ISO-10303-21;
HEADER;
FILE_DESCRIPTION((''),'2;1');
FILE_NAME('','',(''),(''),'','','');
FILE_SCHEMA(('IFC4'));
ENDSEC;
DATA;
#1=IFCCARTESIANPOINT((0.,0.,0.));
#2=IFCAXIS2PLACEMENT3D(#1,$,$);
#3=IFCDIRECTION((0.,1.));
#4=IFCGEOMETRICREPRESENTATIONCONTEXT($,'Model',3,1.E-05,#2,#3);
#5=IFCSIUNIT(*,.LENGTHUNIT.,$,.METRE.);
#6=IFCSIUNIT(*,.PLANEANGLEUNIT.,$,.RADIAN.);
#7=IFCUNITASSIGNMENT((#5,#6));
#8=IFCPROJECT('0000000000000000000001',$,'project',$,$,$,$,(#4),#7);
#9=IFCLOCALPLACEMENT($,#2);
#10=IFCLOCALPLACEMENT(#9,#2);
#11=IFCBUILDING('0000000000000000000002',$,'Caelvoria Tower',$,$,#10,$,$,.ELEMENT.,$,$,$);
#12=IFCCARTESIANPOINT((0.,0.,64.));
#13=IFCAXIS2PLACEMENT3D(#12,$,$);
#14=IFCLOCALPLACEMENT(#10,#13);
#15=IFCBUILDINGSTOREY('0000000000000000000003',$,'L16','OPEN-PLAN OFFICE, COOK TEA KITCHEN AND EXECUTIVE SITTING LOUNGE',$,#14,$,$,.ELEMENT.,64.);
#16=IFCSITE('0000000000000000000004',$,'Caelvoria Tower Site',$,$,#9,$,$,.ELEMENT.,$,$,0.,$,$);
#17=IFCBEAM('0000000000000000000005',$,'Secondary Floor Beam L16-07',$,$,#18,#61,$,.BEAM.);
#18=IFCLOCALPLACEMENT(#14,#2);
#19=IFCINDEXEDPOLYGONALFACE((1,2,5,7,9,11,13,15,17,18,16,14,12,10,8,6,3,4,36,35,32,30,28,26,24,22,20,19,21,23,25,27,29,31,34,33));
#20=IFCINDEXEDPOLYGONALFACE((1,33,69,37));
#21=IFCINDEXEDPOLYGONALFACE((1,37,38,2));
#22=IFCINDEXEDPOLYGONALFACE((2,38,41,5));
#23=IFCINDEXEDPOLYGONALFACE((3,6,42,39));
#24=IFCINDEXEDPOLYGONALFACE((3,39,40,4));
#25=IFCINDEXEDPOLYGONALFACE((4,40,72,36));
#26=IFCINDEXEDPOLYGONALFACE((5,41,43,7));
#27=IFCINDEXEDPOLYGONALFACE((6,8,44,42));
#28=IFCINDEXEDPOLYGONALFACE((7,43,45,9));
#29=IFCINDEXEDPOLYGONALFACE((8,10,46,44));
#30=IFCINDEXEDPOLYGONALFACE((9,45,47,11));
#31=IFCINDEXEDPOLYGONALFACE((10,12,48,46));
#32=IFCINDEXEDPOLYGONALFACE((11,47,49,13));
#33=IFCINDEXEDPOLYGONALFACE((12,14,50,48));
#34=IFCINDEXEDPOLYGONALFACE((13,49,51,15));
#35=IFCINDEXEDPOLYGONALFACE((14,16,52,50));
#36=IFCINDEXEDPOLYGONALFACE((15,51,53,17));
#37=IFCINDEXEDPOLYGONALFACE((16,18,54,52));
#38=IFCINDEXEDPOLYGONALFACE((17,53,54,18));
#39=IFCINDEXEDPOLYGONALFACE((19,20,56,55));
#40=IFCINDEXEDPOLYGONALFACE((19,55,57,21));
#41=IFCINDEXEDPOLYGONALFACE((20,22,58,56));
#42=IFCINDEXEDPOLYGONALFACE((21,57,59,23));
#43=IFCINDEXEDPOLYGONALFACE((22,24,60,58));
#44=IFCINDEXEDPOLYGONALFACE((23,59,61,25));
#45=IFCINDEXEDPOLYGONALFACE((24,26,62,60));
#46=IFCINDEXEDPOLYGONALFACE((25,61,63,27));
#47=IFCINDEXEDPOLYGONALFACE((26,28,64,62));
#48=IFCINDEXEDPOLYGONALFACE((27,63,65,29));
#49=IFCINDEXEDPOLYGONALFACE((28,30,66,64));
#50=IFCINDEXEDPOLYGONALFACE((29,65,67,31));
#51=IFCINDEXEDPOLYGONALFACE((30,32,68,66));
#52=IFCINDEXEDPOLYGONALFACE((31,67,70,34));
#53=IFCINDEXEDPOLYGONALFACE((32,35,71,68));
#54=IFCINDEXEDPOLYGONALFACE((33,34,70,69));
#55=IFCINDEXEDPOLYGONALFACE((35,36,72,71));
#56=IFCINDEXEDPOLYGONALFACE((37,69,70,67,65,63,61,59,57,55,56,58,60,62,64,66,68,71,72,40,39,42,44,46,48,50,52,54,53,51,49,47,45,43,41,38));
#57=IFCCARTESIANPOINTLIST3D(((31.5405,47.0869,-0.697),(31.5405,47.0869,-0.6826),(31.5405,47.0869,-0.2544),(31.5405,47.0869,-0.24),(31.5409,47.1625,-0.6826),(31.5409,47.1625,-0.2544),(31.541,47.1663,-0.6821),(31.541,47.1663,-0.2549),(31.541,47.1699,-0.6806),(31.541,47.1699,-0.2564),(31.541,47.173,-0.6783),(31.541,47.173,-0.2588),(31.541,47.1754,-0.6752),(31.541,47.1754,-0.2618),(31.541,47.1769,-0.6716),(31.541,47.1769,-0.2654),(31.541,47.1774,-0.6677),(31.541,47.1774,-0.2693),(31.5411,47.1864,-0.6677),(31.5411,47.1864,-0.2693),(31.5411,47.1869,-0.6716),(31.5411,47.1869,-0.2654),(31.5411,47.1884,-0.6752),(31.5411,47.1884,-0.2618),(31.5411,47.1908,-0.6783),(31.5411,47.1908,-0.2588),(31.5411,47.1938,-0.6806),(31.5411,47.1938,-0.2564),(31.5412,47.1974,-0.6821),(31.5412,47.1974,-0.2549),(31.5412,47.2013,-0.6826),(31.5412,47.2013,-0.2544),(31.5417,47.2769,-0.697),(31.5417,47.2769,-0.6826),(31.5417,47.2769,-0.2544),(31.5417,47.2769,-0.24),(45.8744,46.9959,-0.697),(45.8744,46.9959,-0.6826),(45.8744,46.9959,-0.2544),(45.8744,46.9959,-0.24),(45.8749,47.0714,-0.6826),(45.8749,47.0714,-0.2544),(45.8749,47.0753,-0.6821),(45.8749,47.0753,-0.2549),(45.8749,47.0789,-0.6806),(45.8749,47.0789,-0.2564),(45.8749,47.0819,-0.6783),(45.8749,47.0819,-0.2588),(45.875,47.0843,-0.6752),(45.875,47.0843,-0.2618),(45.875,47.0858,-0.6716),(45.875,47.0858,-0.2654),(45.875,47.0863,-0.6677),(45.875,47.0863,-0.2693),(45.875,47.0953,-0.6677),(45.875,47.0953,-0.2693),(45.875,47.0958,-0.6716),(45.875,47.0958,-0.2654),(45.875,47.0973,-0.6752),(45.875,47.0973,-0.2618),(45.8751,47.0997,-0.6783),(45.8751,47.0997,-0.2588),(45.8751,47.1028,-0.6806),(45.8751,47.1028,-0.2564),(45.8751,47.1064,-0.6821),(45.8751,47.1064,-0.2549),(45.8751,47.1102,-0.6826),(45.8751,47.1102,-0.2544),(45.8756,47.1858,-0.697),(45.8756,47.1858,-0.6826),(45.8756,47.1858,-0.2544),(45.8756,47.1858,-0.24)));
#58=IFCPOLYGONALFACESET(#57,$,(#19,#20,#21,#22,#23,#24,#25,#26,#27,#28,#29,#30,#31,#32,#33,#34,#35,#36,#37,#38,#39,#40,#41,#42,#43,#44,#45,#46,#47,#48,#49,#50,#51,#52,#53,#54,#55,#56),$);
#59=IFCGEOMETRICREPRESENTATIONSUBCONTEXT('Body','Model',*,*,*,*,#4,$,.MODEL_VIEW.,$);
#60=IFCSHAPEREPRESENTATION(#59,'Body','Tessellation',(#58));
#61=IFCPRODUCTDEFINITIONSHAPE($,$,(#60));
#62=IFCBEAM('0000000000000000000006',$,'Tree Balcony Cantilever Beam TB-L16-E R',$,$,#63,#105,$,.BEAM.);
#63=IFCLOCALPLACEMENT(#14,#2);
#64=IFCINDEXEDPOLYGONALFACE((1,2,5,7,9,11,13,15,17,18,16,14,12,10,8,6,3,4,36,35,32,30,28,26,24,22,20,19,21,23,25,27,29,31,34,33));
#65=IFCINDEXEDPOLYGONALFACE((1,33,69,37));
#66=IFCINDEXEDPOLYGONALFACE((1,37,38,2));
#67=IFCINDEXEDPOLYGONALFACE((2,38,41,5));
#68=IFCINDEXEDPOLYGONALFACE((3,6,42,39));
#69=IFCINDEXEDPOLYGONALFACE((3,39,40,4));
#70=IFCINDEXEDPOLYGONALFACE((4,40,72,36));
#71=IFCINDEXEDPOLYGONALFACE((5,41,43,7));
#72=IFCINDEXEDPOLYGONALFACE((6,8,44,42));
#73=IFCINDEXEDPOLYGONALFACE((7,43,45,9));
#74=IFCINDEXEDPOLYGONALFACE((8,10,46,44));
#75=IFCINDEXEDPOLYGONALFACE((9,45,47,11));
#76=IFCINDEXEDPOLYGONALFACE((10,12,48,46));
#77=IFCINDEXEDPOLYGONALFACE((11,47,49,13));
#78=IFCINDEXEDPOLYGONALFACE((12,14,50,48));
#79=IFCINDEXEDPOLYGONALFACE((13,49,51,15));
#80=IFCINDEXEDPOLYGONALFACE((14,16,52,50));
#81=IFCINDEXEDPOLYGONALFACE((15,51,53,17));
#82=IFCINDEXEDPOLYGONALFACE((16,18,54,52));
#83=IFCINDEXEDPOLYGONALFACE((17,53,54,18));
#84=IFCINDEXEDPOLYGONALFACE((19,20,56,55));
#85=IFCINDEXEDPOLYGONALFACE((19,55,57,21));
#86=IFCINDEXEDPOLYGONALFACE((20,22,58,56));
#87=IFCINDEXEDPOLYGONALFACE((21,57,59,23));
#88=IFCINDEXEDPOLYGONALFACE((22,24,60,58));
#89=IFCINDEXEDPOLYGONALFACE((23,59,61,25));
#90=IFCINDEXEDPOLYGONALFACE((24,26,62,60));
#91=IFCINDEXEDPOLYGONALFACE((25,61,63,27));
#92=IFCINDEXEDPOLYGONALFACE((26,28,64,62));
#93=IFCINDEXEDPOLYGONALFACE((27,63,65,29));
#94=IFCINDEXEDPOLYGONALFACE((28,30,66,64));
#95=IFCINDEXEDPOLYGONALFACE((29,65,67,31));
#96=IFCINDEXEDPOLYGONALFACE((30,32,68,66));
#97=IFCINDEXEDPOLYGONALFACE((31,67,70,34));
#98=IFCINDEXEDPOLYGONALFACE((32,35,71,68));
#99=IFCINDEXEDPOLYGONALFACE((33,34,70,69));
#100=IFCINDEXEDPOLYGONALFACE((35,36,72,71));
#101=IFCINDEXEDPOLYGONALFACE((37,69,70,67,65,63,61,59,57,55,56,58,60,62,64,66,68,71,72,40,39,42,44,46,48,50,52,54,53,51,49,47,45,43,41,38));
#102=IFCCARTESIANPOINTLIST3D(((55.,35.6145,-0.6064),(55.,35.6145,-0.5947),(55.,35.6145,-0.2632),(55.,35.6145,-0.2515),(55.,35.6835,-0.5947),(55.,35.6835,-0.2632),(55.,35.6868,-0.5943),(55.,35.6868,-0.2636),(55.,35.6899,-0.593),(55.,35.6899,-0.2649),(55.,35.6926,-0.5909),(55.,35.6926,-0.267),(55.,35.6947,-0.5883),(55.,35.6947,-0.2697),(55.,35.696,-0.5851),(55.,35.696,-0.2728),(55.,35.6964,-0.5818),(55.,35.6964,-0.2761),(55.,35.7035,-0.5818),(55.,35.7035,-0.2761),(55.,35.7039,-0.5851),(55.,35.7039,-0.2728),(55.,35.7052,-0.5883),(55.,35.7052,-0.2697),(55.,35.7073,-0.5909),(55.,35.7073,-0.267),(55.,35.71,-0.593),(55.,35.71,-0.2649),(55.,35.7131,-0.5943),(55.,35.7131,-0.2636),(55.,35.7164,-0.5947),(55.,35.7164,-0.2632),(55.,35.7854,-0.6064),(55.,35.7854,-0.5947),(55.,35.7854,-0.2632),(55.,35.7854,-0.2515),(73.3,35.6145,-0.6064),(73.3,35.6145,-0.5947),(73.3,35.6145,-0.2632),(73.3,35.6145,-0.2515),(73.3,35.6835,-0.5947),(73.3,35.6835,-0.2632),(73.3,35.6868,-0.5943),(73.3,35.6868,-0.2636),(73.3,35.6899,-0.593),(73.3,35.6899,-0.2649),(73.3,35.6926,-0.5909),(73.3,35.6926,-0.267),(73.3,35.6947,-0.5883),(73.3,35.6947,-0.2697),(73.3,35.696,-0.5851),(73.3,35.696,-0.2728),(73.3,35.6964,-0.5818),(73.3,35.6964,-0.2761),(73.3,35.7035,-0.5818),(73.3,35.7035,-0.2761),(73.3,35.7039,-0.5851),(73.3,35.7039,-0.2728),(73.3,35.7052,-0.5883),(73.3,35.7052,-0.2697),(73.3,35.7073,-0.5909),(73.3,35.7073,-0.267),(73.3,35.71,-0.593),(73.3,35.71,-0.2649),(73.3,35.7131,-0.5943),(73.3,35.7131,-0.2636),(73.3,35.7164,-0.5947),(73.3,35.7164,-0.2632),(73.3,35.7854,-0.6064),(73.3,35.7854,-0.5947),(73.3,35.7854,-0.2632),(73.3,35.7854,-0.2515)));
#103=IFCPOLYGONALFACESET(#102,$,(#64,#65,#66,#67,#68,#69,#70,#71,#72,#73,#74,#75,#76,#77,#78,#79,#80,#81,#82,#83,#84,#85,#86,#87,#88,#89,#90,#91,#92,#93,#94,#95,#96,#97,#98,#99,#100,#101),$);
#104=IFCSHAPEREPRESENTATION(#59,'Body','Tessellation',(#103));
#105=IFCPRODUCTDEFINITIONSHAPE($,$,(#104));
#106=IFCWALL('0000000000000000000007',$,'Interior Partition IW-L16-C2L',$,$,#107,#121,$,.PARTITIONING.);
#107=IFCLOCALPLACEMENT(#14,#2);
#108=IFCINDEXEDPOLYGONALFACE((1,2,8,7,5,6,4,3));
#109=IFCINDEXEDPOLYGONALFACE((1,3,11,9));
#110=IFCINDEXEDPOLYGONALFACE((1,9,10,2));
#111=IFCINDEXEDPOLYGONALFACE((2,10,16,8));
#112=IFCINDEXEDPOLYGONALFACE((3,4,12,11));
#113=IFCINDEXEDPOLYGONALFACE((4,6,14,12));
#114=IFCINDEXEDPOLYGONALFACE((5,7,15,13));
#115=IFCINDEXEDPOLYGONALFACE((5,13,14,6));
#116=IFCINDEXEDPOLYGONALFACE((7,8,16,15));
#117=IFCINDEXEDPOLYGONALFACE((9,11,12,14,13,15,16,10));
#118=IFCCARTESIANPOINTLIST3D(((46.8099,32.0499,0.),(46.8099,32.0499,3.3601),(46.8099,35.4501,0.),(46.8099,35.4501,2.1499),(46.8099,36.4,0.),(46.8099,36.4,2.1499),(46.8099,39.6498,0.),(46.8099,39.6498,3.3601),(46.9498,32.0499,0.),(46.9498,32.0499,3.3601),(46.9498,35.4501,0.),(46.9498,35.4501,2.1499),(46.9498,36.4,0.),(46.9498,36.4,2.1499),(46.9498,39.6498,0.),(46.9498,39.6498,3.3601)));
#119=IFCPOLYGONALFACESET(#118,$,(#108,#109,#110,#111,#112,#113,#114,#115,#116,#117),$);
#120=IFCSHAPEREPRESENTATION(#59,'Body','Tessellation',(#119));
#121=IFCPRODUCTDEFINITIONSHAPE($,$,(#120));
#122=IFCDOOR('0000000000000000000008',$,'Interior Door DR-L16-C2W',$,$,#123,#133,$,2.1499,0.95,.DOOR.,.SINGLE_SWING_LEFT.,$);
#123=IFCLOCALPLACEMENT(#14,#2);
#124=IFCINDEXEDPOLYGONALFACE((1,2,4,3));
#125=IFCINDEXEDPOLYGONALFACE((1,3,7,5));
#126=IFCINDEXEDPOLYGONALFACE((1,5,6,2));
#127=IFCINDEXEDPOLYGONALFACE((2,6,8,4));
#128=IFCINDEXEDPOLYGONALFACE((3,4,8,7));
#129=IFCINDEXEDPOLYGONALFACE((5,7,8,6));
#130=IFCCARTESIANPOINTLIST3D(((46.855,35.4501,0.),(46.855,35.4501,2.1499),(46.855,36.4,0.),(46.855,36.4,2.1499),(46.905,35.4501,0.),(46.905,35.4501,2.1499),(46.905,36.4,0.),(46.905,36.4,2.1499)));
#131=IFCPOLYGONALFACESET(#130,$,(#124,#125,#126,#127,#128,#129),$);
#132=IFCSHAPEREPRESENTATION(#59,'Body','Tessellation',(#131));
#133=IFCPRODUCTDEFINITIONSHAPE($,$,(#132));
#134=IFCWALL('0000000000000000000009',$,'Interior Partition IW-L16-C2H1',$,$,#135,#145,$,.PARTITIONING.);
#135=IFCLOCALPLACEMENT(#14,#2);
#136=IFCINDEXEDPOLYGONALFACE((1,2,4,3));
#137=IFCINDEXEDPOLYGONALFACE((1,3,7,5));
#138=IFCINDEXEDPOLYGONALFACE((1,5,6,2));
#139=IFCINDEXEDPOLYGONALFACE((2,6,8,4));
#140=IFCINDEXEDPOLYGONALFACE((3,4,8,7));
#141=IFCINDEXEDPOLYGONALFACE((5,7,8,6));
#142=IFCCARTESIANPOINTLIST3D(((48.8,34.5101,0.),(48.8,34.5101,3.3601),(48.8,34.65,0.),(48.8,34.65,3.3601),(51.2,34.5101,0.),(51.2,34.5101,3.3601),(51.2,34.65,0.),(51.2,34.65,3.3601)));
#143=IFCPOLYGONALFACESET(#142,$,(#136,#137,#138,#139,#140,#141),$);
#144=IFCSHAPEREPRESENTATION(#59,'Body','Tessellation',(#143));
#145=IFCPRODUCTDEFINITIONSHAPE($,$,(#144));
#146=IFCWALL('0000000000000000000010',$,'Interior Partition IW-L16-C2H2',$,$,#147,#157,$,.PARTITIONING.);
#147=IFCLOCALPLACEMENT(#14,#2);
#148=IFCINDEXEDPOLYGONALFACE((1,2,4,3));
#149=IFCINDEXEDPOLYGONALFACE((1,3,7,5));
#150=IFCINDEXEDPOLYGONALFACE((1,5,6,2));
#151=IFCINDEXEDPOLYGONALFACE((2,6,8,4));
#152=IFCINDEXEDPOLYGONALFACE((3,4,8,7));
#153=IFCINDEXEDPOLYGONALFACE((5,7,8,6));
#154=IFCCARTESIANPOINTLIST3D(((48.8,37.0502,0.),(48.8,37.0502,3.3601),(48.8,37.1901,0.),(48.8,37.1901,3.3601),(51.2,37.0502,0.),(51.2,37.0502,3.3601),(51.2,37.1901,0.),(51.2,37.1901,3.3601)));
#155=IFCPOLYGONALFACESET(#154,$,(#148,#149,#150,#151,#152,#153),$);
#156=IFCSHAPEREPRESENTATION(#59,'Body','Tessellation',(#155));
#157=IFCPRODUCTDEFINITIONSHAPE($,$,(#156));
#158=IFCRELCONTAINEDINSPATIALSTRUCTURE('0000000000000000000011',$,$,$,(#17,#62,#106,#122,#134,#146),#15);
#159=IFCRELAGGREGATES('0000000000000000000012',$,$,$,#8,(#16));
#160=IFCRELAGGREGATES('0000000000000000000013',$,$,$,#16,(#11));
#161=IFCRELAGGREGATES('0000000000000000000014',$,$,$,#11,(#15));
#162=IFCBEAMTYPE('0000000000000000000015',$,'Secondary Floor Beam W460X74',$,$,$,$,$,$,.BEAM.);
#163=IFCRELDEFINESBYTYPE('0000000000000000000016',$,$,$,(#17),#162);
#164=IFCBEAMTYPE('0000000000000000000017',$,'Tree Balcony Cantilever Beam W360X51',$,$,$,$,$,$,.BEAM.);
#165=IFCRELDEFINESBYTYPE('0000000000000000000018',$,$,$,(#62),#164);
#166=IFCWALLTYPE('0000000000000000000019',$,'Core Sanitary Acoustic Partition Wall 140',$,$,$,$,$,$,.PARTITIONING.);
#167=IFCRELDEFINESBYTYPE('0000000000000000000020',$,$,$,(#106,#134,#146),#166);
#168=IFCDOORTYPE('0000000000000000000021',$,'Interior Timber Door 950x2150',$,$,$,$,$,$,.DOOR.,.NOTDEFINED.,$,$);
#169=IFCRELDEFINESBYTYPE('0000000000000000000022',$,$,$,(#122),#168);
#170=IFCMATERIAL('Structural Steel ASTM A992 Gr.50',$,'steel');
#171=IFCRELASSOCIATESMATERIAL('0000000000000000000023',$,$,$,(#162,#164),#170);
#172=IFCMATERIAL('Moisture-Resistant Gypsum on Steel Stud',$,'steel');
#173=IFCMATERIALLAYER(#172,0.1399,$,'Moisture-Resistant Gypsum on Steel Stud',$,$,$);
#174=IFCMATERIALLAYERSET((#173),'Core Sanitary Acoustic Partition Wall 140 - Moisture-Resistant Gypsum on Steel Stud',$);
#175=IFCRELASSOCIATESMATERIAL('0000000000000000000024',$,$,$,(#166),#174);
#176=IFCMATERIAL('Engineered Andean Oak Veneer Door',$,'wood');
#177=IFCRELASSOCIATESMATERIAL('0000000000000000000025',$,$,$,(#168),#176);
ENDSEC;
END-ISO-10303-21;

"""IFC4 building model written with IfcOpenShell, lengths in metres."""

from ifc_helpers import new_model, si_unit, direction, frame, frame_2d, origin, origin_2d, place, context, subcontext, project, spatial, rectangle, i_section, extrude, material, layer, layer_set, material_profile, profile_set, type_object, element, fill, save


model = new_model("IFC4")

# Units and contexts
model_context = context("Model", 3, precision=1e-05, world=origin(), true_north=direction((0.0, 1.0)))
body_context = subcontext(model_context, "Body", "Model", "MODEL_VIEW")
ifc_project = project(units=[si_unit("LENGTHUNIT", "METRE"), si_unit("PLANEANGLEUNIT", "RADIAN")], contexts=[model_context])

# Site, building, storey
site_placement = place(None, origin())
site = spatial("IfcSite", under=ifc_project, at=site_placement, Name="Caelvoria Tower Site", CompositionType="ELEMENT", RefElevation=0.0)
building_placement = place(site_placement, origin())
building = spatial("IfcBuilding", under=site, at=building_placement, Name="Caelvoria Tower", CompositionType="ELEMENT")
storey_placement = place(building_placement, frame((0.0, 0.0, 64.0)))
storey = spatial("IfcBuildingStorey", under=building, at=storey_placement, Name="L16", Description="OPEN-PLAN OFFICE, COOK TEA KITCHEN AND EXECUTIVE SITTING LOUNGE", CompositionType="ELEMENT", Elevation=64.0)

# Beams
ifc_material_1 = material(Name="Structural Steel ASTM A992 Gr.50", Category="steel")
ifc_material_profile_1 = material_profile(ifc_material_1, i_section(OverallWidth=0.1899, OverallDepth=0.457, WebThickness=0.009, FlangeThickness=0.0144, FilletRadius=0.0149, at=origin_2d()), Name="Structural Steel ASTM A992 Gr.50")
ifc_profile_set_1 = profile_set([ifc_material_profile_1], Name="W460X74 - Structural Steel ASTM A992 Gr.50")
beam_type_1 = type_object("IfcBeamType", Name="Secondary Floor Beam W460X74", PredefinedType="BEAM", material=ifc_profile_set_1)
for number, where, z_axis, x_axis, name in (
    (1, (45.875, 47.0908, -0.4685), (-0.99998, 0.006353, 0.0), (-0.006353, -0.99998, 0.0), "Secondary Floor Beam L16-07"),
):
    element("IfcBeam", number, at=place(storey_placement, frame(where, z_axis=z_axis, x_axis=x_axis)), inside=storey, type_object=beam_type_1, Name=name, PredefinedType="BEAM", context=body_context, shape_type="SweptSolid", body=[
        extrude(i_section(OverallWidth=0.1899, OverallDepth=0.457, WebThickness=0.009, FlangeThickness=0.0144, FilletRadius=0.0149, at=origin_2d()), origin(), (0.0, 0.0, 1.0), 14.3342),
    ])
ifc_material_profile_2 = material_profile(ifc_material_1, i_section(OverallWidth=0.1709, OverallDepth=0.355, WebThickness=0.0071, FlangeThickness=0.0117, FilletRadius=0.0129, at=origin_2d()), Name="Structural Steel ASTM A992 Gr.50")
ifc_profile_set_2 = profile_set([ifc_material_profile_2], Name="W360X51 - Structural Steel ASTM A992 Gr.50")
beam_type_2 = type_object("IfcBeamType", Name="Tree Balcony Cantilever Beam W360X51", PredefinedType="BEAM", material=ifc_profile_set_2)
beam_1_placement = place(storey_placement, frame((55.0, 35.7, -0.429), z_axis=(1.0, 0.0, 0.0), x_axis=(0.0, 1.0, 0.0)))
element("IfcBeam", 2, at=beam_1_placement, inside=storey, type_object=beam_type_2, Name="Tree Balcony Cantilever Beam TB-L16-E R", PredefinedType="BEAM", context=body_context, shape_type="SweptSolid", body=[
    extrude(i_section(OverallWidth=0.1709, OverallDepth=0.355, WebThickness=0.0071, FlangeThickness=0.0117, FilletRadius=0.0129, at=origin_2d()), origin(), (0.0, 0.0, 1.0), 18.3),
])

# Wall, opening, door
ifc_material_2 = material(Name="Moisture-Resistant Gypsum on Steel Stud", Category="steel")
ifc_layer_1 = layer(ifc_material_2, 0.1399, Name="Moisture-Resistant Gypsum on Steel Stud")
ifc_layer_set_1 = layer_set([ifc_layer_1], Name="Core Sanitary Acoustic Partition Wall 140 - Moisture-Resistant Gypsum on Steel Stud")
wall_type_1 = type_object("IfcWallType", Name="Core Sanitary Acoustic Partition Wall 140", PredefinedType="PARTITIONING", material=ifc_layer_set_1)
wall_1_placement = place(storey_placement, frame((46.8799, 32.05, 0.0), z_axis=(0.0, 0.0, 1.0), x_axis=(0.0, 1.0, 0.0)))
wall_1 = element("IfcWall", 3, at=wall_1_placement, inside=storey, type_object=wall_type_1, Name="Interior Partition IW-L16-C2L", PredefinedType="PARTITIONING", context=body_context, shape_type="SweptSolid", body=[
    extrude(rectangle(XDim=7.5999, YDim=0.1399, at=frame_2d((3.7998, 0.0))), origin(), (0.0, 0.0, 1.0), 3.3601),
])
opening_1_placement = place(wall_1_placement, frame((3.3999, 0.0, 0.0)))
opening_1 = element("IfcOpeningElement", 4, at=opening_1_placement, cuts=wall_1, PredefinedType="OPENING", context=body_context, shape_type="SweptSolid", body=[
    extrude(rectangle(XDim=0.95, YDim=2.1499, at=frame_2d((0.4751, 1.075))), frame((0.0, 0.0798, 0.0), z_axis=(0.0, -1.0, 0.0), x_axis=(1.0, 0.0, 0.0)), (0.0, 0.0, 1.0), 0.1599),
])
ifc_material_3 = material(Name="Engineered Andean Oak Veneer Door", Category="wood")
door_type_1 = type_object("IfcDoorType", Name="Interior Timber Door 950x2150", OperationType="NOTDEFINED", PredefinedType="DOOR", material=ifc_material_3)
door_1_placement = place(opening_1_placement, origin())
door_1 = element("IfcDoor", 5, at=door_1_placement, inside=storey, type_object=door_type_1, Name="Interior Door DR-L16-C2W", OperationType="SINGLE_SWING_LEFT", OverallHeight=2.1499, OverallWidth=0.95, PredefinedType="DOOR", context=body_context, shape_type="SweptSolid", body=[
    extrude(rectangle(XDim=0.95, YDim=2.1499, at=frame_2d((0.4751, 1.075))), frame((0.0, 0.0249, 0.0), z_axis=(0.0, -1.0, 0.0), x_axis=(1.0, 0.0, 0.0)), (0.0, 0.0, 1.0), 0.05),
])
fill(opening_1, door_1)

# Walls
for number, where, z_axis, x_axis, name in (
    (6, (48.8, 34.5801, 0.0), (0.0, 0.0, 1.0), (1.0, 0.0, 0.0), "Interior Partition IW-L16-C2H1"),
    (7, (48.8, 37.1201, 0.0), (0.0, 0.0, 1.0), (1.0, 0.0, 0.0), "Interior Partition IW-L16-C2H2"),
):
    element("IfcWall", number, at=place(storey_placement, frame(where, z_axis=z_axis, x_axis=x_axis)), inside=storey, type_object=wall_type_1, Name=name, PredefinedType="PARTITIONING", context=body_context, shape_type="SweptSolid", body=[
        extrude(rectangle(XDim=2.3999, YDim=0.1399, at=frame_2d((1.2, 0.0))), origin(), (0.0, 0.0, 1.0), 3.3601),
    ])

save(model, "model.ifc")
